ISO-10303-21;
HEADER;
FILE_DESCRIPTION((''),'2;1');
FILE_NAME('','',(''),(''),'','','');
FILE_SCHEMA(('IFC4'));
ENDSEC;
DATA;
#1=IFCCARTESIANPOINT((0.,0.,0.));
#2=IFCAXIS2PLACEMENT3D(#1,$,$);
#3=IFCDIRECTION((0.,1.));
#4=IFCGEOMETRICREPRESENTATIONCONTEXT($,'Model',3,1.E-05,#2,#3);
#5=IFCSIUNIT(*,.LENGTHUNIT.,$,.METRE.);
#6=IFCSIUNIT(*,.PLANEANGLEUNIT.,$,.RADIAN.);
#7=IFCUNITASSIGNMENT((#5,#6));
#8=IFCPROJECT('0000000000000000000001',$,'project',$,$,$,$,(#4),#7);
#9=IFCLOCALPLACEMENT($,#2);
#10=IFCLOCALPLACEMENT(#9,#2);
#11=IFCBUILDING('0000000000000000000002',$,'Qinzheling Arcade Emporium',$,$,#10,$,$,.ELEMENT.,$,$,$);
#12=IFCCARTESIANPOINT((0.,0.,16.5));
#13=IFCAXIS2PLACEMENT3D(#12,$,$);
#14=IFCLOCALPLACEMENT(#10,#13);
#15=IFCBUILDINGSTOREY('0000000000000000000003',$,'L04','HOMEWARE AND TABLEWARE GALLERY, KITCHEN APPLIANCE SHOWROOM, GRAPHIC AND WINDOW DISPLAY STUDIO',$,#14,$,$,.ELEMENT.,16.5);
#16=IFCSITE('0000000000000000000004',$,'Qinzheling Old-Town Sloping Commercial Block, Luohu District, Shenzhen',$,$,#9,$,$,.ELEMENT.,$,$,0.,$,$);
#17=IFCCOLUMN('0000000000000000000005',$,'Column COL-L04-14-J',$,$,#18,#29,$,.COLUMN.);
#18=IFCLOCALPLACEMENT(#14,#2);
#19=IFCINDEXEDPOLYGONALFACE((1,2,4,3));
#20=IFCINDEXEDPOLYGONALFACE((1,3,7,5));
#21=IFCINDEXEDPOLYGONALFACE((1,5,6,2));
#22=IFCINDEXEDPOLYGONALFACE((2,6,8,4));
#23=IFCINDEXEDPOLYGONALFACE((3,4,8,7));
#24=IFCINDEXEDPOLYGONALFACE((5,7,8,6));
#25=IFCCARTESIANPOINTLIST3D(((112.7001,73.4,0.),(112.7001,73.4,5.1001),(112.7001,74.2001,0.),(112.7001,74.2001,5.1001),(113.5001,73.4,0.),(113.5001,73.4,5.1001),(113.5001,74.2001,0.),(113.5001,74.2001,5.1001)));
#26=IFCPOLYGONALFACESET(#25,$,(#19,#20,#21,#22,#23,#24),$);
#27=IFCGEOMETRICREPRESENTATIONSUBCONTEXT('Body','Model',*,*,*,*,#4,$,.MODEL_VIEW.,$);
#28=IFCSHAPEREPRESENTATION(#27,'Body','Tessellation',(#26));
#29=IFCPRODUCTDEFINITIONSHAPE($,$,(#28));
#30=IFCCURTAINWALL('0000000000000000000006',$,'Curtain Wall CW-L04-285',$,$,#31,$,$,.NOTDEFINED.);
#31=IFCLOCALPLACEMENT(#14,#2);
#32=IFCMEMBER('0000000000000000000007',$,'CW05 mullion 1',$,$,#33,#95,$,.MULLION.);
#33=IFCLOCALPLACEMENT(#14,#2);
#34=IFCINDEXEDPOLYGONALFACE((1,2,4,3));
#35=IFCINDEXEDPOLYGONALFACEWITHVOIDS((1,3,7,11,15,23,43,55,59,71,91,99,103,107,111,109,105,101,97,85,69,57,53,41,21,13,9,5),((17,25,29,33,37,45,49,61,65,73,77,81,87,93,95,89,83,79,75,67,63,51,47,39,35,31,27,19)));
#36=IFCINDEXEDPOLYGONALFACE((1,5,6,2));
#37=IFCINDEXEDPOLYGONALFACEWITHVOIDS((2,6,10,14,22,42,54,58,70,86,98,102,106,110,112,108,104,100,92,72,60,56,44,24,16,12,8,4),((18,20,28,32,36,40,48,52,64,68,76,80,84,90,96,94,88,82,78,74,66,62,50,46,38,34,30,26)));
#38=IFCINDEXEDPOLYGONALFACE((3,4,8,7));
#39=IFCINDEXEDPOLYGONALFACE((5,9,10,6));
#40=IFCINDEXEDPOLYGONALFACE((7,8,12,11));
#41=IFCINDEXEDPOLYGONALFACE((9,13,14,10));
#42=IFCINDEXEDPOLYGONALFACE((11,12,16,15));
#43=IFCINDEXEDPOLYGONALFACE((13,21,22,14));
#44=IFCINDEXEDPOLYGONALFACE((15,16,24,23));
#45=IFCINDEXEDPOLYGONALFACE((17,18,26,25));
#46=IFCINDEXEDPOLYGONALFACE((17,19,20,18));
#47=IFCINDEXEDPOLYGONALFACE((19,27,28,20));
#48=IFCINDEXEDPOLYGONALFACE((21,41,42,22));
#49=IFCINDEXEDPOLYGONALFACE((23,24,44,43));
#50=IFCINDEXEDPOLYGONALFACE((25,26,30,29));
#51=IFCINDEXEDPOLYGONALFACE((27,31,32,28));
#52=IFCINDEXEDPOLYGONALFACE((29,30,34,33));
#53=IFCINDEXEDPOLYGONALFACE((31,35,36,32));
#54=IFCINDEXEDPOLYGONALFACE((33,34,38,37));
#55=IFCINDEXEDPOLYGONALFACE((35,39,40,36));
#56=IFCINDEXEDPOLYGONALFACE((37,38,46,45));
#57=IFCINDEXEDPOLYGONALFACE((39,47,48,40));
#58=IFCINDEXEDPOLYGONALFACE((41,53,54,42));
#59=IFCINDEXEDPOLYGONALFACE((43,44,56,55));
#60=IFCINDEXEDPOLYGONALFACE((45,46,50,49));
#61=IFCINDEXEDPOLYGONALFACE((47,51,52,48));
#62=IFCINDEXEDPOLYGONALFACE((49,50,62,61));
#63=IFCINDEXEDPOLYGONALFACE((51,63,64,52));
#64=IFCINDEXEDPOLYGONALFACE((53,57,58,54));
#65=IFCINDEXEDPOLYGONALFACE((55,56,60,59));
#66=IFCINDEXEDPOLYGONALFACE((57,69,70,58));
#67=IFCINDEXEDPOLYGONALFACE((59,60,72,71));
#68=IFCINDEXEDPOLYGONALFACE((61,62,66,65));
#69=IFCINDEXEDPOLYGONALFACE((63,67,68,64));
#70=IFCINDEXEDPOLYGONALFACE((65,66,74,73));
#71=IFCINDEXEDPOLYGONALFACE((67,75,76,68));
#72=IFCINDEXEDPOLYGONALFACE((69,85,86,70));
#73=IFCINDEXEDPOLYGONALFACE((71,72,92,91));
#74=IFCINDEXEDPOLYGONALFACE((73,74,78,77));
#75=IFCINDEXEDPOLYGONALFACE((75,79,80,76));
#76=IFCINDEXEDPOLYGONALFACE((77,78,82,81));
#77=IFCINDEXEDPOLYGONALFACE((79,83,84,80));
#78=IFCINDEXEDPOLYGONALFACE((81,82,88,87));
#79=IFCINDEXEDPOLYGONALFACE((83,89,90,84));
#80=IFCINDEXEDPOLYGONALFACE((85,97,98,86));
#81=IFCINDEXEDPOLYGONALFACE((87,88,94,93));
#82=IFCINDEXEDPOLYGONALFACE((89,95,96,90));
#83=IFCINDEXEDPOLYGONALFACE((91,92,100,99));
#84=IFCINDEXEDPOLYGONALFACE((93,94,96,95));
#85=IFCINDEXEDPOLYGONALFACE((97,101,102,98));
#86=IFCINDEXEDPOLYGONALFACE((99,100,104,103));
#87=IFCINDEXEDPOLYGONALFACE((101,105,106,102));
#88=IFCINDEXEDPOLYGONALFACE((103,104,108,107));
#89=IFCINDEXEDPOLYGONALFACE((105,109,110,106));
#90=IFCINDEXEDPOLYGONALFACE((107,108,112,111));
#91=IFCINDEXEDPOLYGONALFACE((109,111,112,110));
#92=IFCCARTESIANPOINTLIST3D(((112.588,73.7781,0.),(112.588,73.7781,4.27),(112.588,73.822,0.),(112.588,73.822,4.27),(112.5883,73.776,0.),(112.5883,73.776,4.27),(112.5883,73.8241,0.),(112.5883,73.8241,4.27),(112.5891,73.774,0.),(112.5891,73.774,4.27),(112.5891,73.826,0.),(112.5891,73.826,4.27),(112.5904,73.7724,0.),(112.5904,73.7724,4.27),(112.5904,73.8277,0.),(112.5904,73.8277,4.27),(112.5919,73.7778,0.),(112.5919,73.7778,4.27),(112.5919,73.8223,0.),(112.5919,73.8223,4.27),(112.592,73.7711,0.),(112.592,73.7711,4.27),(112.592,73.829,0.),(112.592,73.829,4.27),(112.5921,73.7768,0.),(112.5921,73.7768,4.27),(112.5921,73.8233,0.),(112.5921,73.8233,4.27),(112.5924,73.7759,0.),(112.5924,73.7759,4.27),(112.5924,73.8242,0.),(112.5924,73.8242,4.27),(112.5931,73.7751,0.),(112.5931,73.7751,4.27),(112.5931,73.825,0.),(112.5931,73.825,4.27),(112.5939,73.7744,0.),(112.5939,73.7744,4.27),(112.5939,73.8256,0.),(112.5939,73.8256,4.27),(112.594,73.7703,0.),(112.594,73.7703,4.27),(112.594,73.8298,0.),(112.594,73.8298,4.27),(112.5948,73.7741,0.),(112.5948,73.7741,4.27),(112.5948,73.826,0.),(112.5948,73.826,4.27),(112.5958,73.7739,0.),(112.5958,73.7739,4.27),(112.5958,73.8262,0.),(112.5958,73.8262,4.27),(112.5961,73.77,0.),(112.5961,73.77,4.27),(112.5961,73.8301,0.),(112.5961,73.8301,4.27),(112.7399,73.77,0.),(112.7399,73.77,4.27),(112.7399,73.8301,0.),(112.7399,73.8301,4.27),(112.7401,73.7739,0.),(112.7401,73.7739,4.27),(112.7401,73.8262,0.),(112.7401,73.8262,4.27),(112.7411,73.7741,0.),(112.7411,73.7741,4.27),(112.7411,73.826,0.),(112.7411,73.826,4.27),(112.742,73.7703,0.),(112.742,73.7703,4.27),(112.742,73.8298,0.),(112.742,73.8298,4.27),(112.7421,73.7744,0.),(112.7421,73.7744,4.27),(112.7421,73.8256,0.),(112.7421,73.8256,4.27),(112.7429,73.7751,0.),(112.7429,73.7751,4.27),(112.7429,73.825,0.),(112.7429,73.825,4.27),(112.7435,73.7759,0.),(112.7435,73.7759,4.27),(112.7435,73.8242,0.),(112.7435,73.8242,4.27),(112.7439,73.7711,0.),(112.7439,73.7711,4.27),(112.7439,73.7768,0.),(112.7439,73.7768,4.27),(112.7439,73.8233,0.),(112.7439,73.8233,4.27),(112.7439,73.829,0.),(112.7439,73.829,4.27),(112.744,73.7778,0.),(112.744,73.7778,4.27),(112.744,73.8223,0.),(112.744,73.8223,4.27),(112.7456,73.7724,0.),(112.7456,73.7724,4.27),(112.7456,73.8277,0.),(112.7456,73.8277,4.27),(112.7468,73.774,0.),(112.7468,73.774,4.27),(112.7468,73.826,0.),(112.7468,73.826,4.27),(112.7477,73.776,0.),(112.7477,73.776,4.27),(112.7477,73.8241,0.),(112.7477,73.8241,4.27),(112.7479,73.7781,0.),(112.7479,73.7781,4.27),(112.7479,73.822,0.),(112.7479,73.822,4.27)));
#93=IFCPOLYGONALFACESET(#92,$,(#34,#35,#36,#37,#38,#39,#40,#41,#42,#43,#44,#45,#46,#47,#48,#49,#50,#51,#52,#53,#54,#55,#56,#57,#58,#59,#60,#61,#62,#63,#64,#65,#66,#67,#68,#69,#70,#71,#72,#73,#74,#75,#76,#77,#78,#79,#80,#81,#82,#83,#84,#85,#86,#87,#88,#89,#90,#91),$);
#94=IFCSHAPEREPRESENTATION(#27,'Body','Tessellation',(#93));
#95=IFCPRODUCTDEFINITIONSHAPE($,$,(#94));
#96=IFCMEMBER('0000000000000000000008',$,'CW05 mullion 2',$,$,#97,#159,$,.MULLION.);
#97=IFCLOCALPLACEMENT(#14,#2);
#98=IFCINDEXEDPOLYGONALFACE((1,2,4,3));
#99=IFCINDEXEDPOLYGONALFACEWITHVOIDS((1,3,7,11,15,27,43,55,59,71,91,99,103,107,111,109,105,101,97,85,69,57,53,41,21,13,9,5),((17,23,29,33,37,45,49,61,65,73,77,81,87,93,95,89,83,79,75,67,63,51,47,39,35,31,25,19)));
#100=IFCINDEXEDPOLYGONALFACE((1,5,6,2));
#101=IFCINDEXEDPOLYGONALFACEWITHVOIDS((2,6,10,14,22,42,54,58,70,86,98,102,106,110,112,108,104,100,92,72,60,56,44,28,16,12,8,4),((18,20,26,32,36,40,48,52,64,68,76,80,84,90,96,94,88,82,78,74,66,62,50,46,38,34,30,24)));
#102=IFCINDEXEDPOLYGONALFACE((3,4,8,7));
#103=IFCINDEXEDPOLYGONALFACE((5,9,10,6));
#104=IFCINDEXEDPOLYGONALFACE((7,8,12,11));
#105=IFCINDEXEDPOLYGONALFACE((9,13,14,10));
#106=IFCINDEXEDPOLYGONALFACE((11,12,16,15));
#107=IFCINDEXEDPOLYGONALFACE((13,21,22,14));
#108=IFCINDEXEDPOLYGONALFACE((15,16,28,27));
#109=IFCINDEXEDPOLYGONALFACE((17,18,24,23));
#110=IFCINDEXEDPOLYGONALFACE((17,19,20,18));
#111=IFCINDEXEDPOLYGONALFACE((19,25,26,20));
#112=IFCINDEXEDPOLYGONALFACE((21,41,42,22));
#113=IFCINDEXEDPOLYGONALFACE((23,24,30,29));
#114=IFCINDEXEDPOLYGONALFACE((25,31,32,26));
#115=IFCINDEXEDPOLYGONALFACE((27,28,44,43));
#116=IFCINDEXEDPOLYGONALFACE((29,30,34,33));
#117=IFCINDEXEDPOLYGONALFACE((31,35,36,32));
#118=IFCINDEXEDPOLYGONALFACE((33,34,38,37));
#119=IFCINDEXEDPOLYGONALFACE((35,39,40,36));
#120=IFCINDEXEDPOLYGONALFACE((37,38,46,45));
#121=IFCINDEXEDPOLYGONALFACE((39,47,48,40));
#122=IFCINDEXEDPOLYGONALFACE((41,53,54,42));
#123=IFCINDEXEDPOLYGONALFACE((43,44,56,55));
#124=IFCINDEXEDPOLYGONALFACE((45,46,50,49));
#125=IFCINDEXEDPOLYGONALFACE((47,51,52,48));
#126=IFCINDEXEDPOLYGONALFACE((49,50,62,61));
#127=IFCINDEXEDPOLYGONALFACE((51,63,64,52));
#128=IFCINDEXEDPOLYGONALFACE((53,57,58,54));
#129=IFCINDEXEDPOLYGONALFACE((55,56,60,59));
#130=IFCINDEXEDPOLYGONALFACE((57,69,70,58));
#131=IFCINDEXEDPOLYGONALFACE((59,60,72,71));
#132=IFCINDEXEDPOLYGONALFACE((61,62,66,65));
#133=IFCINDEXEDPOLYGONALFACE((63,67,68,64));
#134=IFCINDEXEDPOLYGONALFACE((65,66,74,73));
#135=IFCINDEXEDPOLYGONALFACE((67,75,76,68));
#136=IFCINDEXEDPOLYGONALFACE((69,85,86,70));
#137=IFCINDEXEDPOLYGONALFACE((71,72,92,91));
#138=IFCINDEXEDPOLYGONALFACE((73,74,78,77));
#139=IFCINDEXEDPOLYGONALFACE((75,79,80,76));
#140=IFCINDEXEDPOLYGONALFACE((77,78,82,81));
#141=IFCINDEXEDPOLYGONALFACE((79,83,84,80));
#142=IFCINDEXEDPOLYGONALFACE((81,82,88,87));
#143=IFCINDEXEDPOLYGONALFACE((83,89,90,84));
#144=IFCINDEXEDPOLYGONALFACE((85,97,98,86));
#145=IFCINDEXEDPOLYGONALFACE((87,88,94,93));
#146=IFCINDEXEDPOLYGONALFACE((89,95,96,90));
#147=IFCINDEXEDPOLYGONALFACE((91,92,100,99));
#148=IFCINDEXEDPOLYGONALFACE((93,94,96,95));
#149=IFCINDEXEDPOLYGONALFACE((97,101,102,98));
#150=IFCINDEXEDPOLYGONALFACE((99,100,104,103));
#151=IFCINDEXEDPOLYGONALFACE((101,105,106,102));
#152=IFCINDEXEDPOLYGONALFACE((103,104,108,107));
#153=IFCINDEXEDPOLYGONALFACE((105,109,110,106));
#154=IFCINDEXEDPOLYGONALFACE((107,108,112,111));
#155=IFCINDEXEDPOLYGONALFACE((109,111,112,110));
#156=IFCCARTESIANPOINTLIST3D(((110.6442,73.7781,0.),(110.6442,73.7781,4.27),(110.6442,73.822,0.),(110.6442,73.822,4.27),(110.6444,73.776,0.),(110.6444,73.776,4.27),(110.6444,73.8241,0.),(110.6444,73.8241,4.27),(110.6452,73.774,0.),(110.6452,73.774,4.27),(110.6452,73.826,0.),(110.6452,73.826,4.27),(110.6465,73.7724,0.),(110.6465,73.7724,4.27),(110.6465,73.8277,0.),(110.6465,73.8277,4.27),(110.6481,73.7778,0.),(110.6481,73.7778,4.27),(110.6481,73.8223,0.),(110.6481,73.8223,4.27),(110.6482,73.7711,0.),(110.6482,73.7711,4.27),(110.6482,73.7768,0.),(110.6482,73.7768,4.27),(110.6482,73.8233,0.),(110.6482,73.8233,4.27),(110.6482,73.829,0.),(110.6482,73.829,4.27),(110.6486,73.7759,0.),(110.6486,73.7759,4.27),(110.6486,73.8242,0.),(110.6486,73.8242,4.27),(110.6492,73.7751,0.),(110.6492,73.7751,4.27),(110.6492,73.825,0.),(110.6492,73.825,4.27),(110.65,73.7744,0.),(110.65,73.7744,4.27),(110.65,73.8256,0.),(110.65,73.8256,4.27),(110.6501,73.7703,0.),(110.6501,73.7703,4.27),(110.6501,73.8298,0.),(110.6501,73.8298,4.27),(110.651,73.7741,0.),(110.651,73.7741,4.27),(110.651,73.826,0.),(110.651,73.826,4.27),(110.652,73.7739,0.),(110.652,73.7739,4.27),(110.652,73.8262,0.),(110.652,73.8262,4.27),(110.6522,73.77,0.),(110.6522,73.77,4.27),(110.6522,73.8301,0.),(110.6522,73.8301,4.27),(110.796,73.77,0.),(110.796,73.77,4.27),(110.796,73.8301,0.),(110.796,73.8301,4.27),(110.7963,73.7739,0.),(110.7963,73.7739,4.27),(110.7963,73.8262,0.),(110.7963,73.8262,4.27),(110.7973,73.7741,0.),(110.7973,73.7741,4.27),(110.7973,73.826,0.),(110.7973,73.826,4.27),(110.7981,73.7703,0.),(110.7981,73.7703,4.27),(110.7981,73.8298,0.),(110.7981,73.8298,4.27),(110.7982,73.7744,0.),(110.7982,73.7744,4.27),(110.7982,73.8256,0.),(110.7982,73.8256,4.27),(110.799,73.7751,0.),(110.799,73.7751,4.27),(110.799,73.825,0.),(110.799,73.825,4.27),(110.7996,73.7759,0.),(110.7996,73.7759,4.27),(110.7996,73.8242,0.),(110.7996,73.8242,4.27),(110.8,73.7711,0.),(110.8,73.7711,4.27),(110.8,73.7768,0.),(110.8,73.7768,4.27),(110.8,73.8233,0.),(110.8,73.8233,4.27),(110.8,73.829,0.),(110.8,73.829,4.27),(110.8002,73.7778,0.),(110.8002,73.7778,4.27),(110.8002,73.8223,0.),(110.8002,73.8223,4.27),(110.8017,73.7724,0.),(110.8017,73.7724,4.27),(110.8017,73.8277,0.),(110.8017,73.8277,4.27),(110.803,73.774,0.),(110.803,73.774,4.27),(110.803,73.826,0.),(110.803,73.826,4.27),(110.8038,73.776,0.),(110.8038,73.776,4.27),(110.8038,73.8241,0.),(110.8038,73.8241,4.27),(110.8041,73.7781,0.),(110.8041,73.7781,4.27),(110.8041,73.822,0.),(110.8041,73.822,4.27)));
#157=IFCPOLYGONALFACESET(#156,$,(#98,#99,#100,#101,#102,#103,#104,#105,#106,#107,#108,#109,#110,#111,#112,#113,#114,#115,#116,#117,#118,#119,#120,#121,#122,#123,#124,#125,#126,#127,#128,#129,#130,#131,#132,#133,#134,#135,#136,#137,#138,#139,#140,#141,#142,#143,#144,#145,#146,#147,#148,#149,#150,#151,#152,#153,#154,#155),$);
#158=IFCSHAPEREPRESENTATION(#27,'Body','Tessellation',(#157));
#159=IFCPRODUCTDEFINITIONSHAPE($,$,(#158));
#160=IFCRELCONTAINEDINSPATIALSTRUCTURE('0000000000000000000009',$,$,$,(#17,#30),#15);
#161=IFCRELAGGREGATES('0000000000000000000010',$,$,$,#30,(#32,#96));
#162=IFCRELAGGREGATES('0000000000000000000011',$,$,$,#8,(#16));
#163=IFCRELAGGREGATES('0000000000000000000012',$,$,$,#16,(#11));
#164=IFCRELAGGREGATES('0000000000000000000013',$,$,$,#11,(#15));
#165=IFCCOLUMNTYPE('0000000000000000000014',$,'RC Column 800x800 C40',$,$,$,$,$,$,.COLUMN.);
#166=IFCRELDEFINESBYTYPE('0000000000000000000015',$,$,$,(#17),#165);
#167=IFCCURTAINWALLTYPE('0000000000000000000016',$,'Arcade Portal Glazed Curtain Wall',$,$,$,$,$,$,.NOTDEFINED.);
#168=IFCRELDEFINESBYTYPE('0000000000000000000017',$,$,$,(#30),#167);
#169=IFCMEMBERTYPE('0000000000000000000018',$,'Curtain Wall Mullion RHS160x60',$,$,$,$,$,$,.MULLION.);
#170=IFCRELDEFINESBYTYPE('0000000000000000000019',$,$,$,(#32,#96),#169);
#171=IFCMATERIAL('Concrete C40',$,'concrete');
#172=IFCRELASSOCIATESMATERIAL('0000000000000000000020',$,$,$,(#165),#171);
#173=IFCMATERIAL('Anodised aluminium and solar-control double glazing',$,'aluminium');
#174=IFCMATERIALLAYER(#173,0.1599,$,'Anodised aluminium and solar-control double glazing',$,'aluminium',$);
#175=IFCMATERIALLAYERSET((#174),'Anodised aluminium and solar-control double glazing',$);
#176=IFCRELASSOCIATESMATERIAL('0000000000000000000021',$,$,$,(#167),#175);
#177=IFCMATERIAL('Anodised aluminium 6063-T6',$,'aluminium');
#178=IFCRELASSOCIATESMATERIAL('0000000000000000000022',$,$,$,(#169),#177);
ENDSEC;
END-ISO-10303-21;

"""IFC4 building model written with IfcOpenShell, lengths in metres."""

from ifc_helpers import new_model, si_unit, direction, frame, origin, origin_2d, place, context, subcontext, project, spatial, rectangle, hollow_rectangle, extrude, material, layer, layer_set, material_profile, profile_set, type_object, element, aggregate, save


model = new_model("IFC4")

# Units and contexts
model_context = context("Model", 3, precision=1e-05, world=origin(), true_north=direction((0.0, 1.0)))
body_context = subcontext(model_context, "Body", "Model", "MODEL_VIEW")
ifc_project = project(units=[si_unit("LENGTHUNIT", "METRE"), si_unit("PLANEANGLEUNIT", "RADIAN")], contexts=[model_context])

# Site, building, storey
site_placement = place(None, origin())
site = spatial("IfcSite", under=ifc_project, at=site_placement, Name="Qinzheling Old-Town Sloping Commercial Block, Luohu District, Shenzhen", CompositionType="ELEMENT", RefElevation=0.0)
building_placement = place(site_placement, origin())
building = spatial("IfcBuilding", under=site, at=building_placement, Name="Qinzheling Arcade Emporium", CompositionType="ELEMENT")
storey_placement = place(building_placement, frame((0.0, 0.0, 16.5)))
storey = spatial("IfcBuildingStorey", under=building, at=storey_placement, Name="L04", Description="HOMEWARE AND TABLEWARE GALLERY, KITCHEN APPLIANCE SHOWROOM, GRAPHIC AND WINDOW DISPLAY STUDIO", CompositionType="ELEMENT", Elevation=16.5)

# Column
ifc_material_1 = material(Name="Concrete C40", Category="concrete")
ifc_material_profile_1 = material_profile(ifc_material_1, rectangle(XDim=0.8, YDim=0.8, at=origin_2d()), Name="RC 800x800", Category="concrete")
ifc_profile_set_1 = profile_set([ifc_material_profile_1], Name="Concrete C40")
column_type = type_object("IfcColumnType", Name="RC Column 800x800 C40", PredefinedType="COLUMN", material=ifc_profile_set_1)
column_placement = place(storey_placement, frame((113.1001, 73.8, 0.0), z_axis=(0.0, 0.0, 1.0), x_axis=(1.0, 0.0, 0.0)))
element("IfcColumn", 1, at=column_placement, inside=storey, type_object=column_type, Name="Column COL-L04-14-J", PredefinedType="COLUMN", context=body_context, shape_type="SweptSolid", body=[
    extrude(rectangle(XDim=0.8, YDim=0.8, at=origin_2d()), origin(), (0.0, 0.0, 1.0), 5.1001),
])

# Curtain wall, members
ifc_material_2 = material(Name="Anodised aluminium and solar-control double glazing", Category="aluminium")
ifc_layer_1 = layer(ifc_material_2, 0.1599, Name="Anodised aluminium and solar-control double glazing", Category="aluminium")
ifc_layer_set_1 = layer_set([ifc_layer_1], Name="Anodised aluminium and solar-control double glazing")
curtain_wall_type = type_object("IfcCurtainWallType", Name="Arcade Portal Glazed Curtain Wall", PredefinedType="NOTDEFINED", material=ifc_layer_set_1)
curtain_wall_placement = place(storey_placement, origin())
curtain_wall = element("IfcCurtainWall", 2, at=curtain_wall_placement, inside=storey, type_object=curtain_wall_type, Name="Curtain Wall CW-L04-285", PredefinedType="NOTDEFINED")
ifc_material_3 = material(Name="Anodised aluminium 6063-T6", Category="aluminium")
ifc_material_profile_2 = material_profile(ifc_material_3, hollow_rectangle(XDim=0.0601, YDim=0.1599, WallThickness=0.0039, InnerFilletRadius=0.0039, OuterFilletRadius=0.0081, at=origin_2d()), Name="RHS 160x60x4", Category="aluminium")
ifc_profile_set_2 = profile_set([ifc_material_profile_2], Name="Anodised aluminium 6063-T6")
member_type_1 = type_object("IfcMemberType", Name="Curtain Wall Mullion RHS160x60", PredefinedType="MULLION", material=ifc_profile_set_2)
member_1_placement = place(storey_placement, frame((112.668, 73.8, 0.0), z_axis=(0.0, 0.0, 1.0), x_axis=(0.0, -1.0, 0.0)))
member_1 = element("IfcMember", 3, at=member_1_placement, type_object=member_type_1, Name="CW05 mullion 1", PredefinedType="MULLION", context=body_context, shape_type="SweptSolid", body=[
    extrude(hollow_rectangle(XDim=0.0601, YDim=0.1599, WallThickness=0.0039, InnerFilletRadius=0.0039, OuterFilletRadius=0.0081, at=origin_2d()), origin(), (0.0, 0.0, 1.0), 4.27),
])
member_2_placement = place(storey_placement, frame((110.7241, 73.8, 0.0), z_axis=(0.0, 0.0, 1.0), x_axis=(0.0, -1.0, 0.0)))
member_2 = element("IfcMember", 4, at=member_2_placement, type_object=member_type_1, Name="CW05 mullion 2", PredefinedType="MULLION", context=body_context, shape_type="SweptSolid", body=[
    extrude(hollow_rectangle(XDim=0.0601, YDim=0.1599, WallThickness=0.0039, InnerFilletRadius=0.0039, OuterFilletRadius=0.0081, at=origin_2d()), origin(), (0.0, 0.0, 1.0), 4.27),
])

aggregate(curtain_wall, [member_1, member_2])

save(model, "model.ifc")
